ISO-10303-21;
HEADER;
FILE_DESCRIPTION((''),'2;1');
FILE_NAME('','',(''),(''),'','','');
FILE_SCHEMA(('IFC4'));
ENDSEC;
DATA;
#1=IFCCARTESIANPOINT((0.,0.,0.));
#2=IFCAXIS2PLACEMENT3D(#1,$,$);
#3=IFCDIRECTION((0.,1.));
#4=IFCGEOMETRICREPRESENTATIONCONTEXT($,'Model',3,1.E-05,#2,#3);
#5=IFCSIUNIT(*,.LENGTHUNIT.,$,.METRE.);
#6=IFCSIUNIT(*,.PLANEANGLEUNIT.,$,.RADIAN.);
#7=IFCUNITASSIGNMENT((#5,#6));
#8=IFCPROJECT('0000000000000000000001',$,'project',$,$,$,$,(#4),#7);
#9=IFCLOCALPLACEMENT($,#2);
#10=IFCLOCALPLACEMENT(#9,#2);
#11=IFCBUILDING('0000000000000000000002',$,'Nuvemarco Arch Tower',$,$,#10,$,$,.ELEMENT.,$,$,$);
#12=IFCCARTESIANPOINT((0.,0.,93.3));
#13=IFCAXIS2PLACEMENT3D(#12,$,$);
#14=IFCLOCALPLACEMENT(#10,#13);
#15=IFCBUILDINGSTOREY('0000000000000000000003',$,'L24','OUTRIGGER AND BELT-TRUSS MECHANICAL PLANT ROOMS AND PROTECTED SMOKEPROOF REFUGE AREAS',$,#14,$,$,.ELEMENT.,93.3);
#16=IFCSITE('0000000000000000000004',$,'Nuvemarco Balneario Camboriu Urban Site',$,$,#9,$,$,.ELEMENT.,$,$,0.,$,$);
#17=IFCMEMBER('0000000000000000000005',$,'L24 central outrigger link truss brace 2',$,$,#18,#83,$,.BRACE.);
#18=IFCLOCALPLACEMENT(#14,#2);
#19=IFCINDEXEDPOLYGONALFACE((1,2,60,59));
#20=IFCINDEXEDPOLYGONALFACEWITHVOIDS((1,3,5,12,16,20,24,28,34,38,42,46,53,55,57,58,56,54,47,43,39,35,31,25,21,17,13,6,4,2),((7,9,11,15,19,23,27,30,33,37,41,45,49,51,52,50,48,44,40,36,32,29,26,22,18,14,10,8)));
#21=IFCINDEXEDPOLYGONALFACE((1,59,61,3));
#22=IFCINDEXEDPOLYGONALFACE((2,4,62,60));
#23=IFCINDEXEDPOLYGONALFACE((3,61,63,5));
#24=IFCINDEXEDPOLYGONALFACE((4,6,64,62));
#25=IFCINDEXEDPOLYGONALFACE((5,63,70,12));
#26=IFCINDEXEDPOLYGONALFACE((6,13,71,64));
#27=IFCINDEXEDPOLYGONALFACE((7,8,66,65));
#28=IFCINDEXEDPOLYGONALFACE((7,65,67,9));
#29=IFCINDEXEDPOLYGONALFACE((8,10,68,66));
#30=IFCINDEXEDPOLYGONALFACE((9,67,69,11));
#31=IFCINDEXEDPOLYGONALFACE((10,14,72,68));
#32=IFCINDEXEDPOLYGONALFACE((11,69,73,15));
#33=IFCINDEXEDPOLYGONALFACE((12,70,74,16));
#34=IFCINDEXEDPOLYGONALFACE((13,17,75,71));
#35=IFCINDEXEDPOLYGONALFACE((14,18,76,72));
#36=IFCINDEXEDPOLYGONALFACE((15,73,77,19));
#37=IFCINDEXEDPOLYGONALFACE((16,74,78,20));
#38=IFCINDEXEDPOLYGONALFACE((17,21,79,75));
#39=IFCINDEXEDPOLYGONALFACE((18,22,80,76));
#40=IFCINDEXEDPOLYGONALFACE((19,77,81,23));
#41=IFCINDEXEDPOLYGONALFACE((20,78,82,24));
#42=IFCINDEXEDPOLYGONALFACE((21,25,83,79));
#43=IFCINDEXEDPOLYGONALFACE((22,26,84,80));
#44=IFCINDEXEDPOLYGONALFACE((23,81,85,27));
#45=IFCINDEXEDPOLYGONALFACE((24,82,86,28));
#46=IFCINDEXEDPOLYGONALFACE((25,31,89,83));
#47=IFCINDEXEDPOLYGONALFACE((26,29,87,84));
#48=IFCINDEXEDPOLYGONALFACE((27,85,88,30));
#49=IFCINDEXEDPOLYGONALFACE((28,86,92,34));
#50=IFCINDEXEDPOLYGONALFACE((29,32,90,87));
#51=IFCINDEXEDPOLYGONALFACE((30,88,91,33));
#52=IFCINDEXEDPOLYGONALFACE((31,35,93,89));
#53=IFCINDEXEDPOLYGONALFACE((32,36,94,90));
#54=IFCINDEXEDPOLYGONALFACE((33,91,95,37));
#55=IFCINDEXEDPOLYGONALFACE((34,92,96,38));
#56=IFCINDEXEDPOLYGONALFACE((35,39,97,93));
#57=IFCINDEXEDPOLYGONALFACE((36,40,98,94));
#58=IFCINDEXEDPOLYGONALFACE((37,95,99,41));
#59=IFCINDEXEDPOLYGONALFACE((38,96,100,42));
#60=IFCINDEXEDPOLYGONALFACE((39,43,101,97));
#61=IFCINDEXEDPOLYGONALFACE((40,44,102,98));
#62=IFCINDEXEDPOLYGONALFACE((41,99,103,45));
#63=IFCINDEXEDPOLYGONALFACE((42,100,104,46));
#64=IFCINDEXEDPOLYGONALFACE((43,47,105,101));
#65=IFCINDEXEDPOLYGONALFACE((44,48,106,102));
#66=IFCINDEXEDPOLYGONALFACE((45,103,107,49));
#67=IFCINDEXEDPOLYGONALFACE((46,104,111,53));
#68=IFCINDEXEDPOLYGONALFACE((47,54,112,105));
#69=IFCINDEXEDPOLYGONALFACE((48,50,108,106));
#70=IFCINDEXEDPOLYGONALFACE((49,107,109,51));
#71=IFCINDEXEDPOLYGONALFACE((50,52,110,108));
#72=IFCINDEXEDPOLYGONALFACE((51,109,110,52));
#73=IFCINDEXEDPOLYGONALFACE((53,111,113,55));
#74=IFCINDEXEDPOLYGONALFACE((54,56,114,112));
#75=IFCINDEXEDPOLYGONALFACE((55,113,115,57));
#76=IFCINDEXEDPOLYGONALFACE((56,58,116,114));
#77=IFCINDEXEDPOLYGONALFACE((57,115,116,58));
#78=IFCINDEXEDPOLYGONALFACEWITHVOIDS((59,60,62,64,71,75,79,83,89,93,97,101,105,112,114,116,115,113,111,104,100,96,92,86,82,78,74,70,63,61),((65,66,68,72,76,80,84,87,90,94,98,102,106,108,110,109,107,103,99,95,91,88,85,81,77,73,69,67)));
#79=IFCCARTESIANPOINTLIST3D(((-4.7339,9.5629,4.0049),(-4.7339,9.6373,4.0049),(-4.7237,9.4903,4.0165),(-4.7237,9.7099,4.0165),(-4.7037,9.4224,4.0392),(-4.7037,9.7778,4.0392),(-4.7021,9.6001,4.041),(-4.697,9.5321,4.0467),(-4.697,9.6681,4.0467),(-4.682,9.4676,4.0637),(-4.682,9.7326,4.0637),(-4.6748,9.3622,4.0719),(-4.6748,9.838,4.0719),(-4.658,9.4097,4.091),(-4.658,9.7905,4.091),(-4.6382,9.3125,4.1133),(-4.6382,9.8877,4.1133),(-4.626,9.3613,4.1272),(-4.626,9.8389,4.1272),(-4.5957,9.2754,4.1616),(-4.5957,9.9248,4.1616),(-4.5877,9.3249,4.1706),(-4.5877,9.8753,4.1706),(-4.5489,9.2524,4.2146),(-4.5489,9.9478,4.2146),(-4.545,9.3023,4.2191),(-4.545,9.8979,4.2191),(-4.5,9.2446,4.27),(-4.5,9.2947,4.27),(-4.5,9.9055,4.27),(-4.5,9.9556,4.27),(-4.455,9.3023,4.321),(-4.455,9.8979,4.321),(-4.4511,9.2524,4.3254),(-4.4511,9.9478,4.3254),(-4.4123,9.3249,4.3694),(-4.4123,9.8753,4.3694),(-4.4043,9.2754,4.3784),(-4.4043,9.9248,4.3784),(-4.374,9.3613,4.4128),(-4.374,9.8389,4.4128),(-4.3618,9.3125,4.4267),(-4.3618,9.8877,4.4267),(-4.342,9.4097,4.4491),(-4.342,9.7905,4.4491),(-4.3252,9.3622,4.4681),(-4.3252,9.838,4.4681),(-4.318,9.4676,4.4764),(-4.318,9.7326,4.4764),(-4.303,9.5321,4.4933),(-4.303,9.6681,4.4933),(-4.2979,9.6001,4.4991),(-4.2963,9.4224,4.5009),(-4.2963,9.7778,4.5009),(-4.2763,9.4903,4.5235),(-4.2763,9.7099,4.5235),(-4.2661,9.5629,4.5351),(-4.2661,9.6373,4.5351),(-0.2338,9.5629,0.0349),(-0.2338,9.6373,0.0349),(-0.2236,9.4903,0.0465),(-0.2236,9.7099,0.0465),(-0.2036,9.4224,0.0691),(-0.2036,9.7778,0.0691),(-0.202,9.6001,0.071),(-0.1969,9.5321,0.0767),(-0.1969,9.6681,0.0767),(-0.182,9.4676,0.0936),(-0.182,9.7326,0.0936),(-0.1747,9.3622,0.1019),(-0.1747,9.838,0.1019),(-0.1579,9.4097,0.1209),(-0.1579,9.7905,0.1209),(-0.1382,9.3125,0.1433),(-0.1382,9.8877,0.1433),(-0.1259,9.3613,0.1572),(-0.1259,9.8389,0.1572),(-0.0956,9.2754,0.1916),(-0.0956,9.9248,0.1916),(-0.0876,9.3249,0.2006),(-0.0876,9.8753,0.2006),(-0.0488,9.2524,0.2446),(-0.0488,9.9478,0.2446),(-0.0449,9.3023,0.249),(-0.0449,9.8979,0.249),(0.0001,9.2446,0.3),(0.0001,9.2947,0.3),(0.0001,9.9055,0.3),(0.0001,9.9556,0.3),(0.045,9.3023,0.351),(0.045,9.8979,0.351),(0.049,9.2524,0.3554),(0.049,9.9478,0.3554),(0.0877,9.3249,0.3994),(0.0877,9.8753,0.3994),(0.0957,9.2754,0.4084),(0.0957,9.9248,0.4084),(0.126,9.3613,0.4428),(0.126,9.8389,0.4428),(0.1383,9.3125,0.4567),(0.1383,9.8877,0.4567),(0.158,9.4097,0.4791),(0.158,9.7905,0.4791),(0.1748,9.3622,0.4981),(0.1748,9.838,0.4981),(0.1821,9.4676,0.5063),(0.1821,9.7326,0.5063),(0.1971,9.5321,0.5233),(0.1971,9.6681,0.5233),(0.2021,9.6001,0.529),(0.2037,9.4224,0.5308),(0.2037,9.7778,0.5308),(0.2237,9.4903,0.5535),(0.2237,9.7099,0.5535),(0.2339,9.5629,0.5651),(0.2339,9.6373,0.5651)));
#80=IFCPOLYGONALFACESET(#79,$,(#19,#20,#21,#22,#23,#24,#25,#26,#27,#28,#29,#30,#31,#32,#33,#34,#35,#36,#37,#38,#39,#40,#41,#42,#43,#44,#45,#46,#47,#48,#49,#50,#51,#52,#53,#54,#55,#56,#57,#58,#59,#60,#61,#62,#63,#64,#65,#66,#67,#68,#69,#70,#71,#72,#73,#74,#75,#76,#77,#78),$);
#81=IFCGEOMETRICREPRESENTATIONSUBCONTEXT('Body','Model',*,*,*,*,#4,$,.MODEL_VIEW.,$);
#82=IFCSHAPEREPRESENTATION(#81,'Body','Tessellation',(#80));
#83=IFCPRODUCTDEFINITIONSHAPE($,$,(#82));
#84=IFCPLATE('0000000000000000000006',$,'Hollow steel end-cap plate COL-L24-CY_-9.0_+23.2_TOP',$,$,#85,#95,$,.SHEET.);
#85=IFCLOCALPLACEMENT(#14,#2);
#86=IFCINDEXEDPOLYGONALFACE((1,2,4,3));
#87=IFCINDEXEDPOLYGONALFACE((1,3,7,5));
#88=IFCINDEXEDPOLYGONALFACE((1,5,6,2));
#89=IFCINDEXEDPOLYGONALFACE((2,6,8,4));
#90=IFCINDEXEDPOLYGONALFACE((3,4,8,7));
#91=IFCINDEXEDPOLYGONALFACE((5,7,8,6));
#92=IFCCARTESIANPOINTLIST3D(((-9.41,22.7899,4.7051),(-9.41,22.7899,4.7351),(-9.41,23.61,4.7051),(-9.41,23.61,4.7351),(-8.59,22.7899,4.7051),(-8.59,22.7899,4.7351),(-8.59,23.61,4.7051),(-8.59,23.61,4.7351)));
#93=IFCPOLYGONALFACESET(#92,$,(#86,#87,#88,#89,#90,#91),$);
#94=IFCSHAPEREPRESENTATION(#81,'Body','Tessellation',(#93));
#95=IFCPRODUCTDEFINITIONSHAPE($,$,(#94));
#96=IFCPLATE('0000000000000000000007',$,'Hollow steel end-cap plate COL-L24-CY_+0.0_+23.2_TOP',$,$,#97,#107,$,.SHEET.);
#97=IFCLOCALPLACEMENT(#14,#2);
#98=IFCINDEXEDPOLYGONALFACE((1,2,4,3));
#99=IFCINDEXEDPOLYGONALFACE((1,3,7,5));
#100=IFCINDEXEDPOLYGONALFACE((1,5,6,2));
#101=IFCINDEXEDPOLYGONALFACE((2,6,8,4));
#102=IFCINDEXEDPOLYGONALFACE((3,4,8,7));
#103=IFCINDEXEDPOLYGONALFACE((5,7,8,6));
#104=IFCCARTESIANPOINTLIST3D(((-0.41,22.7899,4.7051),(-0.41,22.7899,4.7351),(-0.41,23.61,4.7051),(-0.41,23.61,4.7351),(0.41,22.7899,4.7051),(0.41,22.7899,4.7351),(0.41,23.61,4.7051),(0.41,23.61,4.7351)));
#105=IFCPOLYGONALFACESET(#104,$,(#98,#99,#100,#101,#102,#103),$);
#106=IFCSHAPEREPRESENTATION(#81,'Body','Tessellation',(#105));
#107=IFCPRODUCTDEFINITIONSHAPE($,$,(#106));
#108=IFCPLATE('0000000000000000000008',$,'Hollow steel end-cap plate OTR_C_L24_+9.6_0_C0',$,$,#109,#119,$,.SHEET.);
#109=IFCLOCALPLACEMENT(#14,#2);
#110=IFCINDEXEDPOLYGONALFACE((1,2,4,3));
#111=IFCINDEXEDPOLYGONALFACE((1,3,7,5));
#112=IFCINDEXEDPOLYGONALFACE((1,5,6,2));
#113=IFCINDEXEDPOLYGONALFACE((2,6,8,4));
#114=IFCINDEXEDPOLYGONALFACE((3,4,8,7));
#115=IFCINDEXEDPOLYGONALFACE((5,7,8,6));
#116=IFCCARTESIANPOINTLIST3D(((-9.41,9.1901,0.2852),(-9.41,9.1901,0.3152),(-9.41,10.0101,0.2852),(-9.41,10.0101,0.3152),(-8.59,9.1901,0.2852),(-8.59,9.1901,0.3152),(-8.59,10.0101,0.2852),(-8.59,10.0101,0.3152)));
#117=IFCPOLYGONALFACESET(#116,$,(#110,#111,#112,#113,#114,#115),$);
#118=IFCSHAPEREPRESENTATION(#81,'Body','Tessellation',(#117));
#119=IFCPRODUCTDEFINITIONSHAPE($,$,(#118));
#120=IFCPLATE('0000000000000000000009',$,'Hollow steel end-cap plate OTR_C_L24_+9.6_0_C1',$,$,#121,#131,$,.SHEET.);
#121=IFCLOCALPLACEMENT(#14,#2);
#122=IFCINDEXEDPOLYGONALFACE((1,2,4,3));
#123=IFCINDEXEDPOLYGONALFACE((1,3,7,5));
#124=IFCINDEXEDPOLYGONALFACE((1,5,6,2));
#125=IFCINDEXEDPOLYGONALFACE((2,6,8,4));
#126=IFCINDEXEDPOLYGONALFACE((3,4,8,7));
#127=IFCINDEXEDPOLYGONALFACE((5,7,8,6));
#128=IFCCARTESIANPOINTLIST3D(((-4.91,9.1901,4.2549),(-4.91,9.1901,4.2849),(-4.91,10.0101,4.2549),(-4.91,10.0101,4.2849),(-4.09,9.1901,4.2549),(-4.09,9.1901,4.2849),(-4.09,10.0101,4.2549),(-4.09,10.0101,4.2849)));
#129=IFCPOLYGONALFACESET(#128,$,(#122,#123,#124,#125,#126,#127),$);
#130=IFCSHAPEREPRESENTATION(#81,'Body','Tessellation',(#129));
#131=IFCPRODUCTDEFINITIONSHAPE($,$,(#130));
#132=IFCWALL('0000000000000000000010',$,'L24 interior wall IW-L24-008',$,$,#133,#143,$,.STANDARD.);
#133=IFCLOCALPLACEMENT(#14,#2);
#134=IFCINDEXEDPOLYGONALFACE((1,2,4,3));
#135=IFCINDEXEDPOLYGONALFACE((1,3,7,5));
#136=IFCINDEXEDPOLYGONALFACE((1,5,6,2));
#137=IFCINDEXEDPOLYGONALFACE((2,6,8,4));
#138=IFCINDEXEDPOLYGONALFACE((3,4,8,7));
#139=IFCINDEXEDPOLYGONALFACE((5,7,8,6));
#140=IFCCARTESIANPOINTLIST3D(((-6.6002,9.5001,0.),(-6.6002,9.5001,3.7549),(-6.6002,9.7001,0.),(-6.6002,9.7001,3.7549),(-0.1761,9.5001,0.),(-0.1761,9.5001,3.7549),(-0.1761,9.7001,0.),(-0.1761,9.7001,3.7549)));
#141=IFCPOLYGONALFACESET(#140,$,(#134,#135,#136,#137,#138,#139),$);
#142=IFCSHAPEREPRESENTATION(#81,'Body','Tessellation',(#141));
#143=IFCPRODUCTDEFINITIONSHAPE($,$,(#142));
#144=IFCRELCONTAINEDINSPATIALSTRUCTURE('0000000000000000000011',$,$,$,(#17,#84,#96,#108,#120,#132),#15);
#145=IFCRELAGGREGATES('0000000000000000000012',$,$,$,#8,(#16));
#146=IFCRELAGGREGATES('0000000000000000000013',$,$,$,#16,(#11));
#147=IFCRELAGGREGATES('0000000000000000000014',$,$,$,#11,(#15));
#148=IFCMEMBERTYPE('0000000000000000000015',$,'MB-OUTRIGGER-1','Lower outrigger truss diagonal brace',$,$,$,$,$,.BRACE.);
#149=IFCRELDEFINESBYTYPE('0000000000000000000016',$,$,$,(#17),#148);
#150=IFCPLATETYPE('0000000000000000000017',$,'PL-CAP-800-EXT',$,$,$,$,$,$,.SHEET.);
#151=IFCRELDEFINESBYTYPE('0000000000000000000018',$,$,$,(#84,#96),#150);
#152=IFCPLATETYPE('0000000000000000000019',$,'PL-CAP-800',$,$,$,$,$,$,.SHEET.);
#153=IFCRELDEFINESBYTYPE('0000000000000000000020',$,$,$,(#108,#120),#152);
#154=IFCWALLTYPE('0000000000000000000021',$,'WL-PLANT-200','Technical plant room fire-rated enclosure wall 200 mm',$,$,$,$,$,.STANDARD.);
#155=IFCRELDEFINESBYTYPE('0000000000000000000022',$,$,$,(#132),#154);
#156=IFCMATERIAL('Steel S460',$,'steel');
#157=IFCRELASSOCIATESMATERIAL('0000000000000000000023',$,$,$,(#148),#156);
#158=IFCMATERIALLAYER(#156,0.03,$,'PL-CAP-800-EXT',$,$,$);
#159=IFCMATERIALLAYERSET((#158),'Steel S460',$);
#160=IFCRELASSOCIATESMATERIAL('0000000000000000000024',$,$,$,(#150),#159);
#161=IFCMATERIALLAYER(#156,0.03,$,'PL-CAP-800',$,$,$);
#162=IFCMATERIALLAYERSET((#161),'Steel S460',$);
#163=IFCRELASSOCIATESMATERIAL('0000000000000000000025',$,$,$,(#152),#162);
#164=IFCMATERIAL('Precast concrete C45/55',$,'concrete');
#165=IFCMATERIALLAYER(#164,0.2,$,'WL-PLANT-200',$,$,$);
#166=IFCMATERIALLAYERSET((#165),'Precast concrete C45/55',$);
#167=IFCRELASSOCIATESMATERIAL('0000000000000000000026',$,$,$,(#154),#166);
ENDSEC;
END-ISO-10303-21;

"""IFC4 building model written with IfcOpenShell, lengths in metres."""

from ifc_helpers import new_model, si_unit, direction, frame, frame_2d, origin, origin_2d, place, context, subcontext, project, spatial, rectangle, hollow_circle, extrude, source, transform, mapped, material, layer, layer_set, material_profile, profile_set, type_object, type_shapes, element, save


model = new_model("IFC4")

# Units and contexts
model_context = context("Model", 3, precision=1e-05, world=origin(), true_north=direction((0.0, 1.0)))
body_context = subcontext(model_context, "Body", "Model", "MODEL_VIEW")
ifc_project = project(units=[si_unit("LENGTHUNIT", "METRE"), si_unit("PLANEANGLEUNIT", "RADIAN")], contexts=[model_context])

# Site, building, storey
site_placement = place(None, origin())
site = spatial("IfcSite", under=ifc_project, at=site_placement, Name="Nuvemarco Balneario Camboriu Urban Site", CompositionType="ELEMENT", RefElevation=0.0)
building_placement = place(site_placement, origin())
building = spatial("IfcBuilding", under=site, at=building_placement, Name="Nuvemarco Arch Tower", CompositionType="ELEMENT")
storey_placement = place(building_placement, frame((0.0, 0.0, 93.3)))
storey = spatial("IfcBuildingStorey", under=building, at=storey_placement, Name="L24", Description="OUTRIGGER AND BELT-TRUSS MECHANICAL PLANT ROOMS AND PROTECTED SMOKEPROOF REFUGE AREAS", CompositionType="ELEMENT", Elevation=93.3)

# Shared definitions
ifc_material_1 = material(Name="Steel S460", Category="steel")

# Shared definitions
ifc_material_2 = material(Name="Precast concrete C45/55", Category="concrete")

# Member
ifc_material_profile_1 = material_profile(ifc_material_1, hollow_circle(Radius=0.3555, WallThickness=0.05, at=origin_2d()), Name="CHS711x50")
ifc_profile_set_1 = profile_set([ifc_material_profile_1], Name="Steel S460")
member_type = type_object("IfcMemberType", Name="MB-OUTRIGGER-1", Description="Lower outrigger truss diagonal brace", PredefinedType="BRACE", material=ifc_profile_set_1)
for number, where, z_axis, x_axis, name in (
    (1, (-4.5, 9.6001, 4.27), (0.749889, 0.0, -0.661564), (0.0, 1.0, 0.0), "L24 central outrigger link truss brace 2"),
):
    element("IfcMember", number, at=place(storey_placement, frame(where, z_axis=z_axis, x_axis=x_axis)), inside=storey, type_object=member_type, Name=name, PredefinedType="BRACE", context=body_context, shape_type="SweptSolid", body=[
        extrude(hollow_circle(Radius=0.3555, WallThickness=0.05, at=origin_2d()), origin(), (0.0, 0.0, 1.0), 6.001),
    ])

# Plates
ifc_layer_1 = layer(ifc_material_1, 0.03, Name="PL-CAP-800-EXT")
ifc_layer_set_1 = layer_set([ifc_layer_1], Name="Steel S460")
plate_type_1 = type_object("IfcPlateType", Name="PL-CAP-800-EXT", PredefinedType="SHEET", material=ifc_layer_set_1)
shared_shape_1 = source(origin(), body_context, "Body", "SweptSolid", [
    extrude(rectangle(XDim=0.8201, YDim=0.8201, at=origin_2d()), origin(), (0.0, 0.0, 1.0), 0.03),
])
type_shapes(plate_type_1, [shared_shape_1])
for number, where, z_axis, x_axis, name in (
    (2, (-9.0, 23.2, 4.7051), (0.0, 0.0, 1.0), (1.0, 0.0, 0.0), "Hollow steel end-cap plate COL-L24-CY_-9.0_+23.2_TOP"),
    (3, (0.0, 23.2, 4.7051), (0.0, 0.0, 1.0), (1.0, 0.0, 0.0), "Hollow steel end-cap plate COL-L24-CY_+0.0_+23.2_TOP"),
):
    element("IfcPlate", number, at=place(storey_placement, frame(where, z_axis=z_axis, x_axis=x_axis)), inside=storey, type_object=plate_type_1, Name=name, PredefinedType="SHEET", context=body_context, shape_type="MappedRepresentation", body=[
        mapped(shared_shape_1, transform((0.0, 0.0, 0.0), scale=1.0)),
    ])
ifc_layer_2 = layer(ifc_material_1, 0.03, Name="PL-CAP-800")
ifc_layer_set_2 = layer_set([ifc_layer_2], Name="Steel S460")
plate_type_2 = type_object("IfcPlateType", Name="PL-CAP-800", PredefinedType="SHEET", material=ifc_layer_set_2)
shared_shape_2 = source(origin(), body_context, "Body", "SweptSolid", [
    extrude(rectangle(XDim=0.8201, YDim=0.8201, at=origin_2d()), origin(), (0.0, 0.0, 1.0), 0.03),
])
type_shapes(plate_type_2, [shared_shape_2])
for number, where, z_axis, x_axis, name in (
    (4, (-9.0, 9.6001, 0.2852), (0.0, 0.0, 1.0), (1.0, 0.0, 0.0), "Hollow steel end-cap plate OTR_C_L24_+9.6_0_C0"),
    (5, (-4.5, 9.6001, 4.2549), (0.0, 0.0, 1.0), (1.0, 0.0, 0.0), "Hollow steel end-cap plate OTR_C_L24_+9.6_0_C1"),
):
    element("IfcPlate", number, at=place(storey_placement, frame(where, z_axis=z_axis, x_axis=x_axis)), inside=storey, type_object=plate_type_2, Name=name, PredefinedType="SHEET", context=body_context, shape_type="MappedRepresentation", body=[
        mapped(shared_shape_2, transform((0.0, 0.0, 0.0), scale=1.0)),
    ])

# Wall
ifc_layer_3 = layer(ifc_material_2, 0.2, Name="WL-PLANT-200")
ifc_layer_set_3 = layer_set([ifc_layer_3], Name="Precast concrete C45/55")
wall_type = type_object("IfcWallType", Name="WL-PLANT-200", Description="Technical plant room fire-rated enclosure wall 200 mm", PredefinedType="STANDARD", material=ifc_layer_set_3)
wall_placement = place(storey_placement, frame((-6.6001, 9.6001, 0.0), z_axis=(0.0, 0.0, 1.0), x_axis=(1.0, 0.0, 0.0)))
element("IfcWall", 6, at=wall_placement, inside=storey, type_object=wall_type, Name="L24 interior wall IW-L24-008", PredefinedType="STANDARD", context=body_context, shape_type="SweptSolid", body=[
    extrude(rectangle(XDim=6.4241, YDim=0.2, at=frame_2d((3.2119, 0.0))), origin(), (0.0, 0.0, 1.0), 3.7549),
])

save(model, "model.ifc")
